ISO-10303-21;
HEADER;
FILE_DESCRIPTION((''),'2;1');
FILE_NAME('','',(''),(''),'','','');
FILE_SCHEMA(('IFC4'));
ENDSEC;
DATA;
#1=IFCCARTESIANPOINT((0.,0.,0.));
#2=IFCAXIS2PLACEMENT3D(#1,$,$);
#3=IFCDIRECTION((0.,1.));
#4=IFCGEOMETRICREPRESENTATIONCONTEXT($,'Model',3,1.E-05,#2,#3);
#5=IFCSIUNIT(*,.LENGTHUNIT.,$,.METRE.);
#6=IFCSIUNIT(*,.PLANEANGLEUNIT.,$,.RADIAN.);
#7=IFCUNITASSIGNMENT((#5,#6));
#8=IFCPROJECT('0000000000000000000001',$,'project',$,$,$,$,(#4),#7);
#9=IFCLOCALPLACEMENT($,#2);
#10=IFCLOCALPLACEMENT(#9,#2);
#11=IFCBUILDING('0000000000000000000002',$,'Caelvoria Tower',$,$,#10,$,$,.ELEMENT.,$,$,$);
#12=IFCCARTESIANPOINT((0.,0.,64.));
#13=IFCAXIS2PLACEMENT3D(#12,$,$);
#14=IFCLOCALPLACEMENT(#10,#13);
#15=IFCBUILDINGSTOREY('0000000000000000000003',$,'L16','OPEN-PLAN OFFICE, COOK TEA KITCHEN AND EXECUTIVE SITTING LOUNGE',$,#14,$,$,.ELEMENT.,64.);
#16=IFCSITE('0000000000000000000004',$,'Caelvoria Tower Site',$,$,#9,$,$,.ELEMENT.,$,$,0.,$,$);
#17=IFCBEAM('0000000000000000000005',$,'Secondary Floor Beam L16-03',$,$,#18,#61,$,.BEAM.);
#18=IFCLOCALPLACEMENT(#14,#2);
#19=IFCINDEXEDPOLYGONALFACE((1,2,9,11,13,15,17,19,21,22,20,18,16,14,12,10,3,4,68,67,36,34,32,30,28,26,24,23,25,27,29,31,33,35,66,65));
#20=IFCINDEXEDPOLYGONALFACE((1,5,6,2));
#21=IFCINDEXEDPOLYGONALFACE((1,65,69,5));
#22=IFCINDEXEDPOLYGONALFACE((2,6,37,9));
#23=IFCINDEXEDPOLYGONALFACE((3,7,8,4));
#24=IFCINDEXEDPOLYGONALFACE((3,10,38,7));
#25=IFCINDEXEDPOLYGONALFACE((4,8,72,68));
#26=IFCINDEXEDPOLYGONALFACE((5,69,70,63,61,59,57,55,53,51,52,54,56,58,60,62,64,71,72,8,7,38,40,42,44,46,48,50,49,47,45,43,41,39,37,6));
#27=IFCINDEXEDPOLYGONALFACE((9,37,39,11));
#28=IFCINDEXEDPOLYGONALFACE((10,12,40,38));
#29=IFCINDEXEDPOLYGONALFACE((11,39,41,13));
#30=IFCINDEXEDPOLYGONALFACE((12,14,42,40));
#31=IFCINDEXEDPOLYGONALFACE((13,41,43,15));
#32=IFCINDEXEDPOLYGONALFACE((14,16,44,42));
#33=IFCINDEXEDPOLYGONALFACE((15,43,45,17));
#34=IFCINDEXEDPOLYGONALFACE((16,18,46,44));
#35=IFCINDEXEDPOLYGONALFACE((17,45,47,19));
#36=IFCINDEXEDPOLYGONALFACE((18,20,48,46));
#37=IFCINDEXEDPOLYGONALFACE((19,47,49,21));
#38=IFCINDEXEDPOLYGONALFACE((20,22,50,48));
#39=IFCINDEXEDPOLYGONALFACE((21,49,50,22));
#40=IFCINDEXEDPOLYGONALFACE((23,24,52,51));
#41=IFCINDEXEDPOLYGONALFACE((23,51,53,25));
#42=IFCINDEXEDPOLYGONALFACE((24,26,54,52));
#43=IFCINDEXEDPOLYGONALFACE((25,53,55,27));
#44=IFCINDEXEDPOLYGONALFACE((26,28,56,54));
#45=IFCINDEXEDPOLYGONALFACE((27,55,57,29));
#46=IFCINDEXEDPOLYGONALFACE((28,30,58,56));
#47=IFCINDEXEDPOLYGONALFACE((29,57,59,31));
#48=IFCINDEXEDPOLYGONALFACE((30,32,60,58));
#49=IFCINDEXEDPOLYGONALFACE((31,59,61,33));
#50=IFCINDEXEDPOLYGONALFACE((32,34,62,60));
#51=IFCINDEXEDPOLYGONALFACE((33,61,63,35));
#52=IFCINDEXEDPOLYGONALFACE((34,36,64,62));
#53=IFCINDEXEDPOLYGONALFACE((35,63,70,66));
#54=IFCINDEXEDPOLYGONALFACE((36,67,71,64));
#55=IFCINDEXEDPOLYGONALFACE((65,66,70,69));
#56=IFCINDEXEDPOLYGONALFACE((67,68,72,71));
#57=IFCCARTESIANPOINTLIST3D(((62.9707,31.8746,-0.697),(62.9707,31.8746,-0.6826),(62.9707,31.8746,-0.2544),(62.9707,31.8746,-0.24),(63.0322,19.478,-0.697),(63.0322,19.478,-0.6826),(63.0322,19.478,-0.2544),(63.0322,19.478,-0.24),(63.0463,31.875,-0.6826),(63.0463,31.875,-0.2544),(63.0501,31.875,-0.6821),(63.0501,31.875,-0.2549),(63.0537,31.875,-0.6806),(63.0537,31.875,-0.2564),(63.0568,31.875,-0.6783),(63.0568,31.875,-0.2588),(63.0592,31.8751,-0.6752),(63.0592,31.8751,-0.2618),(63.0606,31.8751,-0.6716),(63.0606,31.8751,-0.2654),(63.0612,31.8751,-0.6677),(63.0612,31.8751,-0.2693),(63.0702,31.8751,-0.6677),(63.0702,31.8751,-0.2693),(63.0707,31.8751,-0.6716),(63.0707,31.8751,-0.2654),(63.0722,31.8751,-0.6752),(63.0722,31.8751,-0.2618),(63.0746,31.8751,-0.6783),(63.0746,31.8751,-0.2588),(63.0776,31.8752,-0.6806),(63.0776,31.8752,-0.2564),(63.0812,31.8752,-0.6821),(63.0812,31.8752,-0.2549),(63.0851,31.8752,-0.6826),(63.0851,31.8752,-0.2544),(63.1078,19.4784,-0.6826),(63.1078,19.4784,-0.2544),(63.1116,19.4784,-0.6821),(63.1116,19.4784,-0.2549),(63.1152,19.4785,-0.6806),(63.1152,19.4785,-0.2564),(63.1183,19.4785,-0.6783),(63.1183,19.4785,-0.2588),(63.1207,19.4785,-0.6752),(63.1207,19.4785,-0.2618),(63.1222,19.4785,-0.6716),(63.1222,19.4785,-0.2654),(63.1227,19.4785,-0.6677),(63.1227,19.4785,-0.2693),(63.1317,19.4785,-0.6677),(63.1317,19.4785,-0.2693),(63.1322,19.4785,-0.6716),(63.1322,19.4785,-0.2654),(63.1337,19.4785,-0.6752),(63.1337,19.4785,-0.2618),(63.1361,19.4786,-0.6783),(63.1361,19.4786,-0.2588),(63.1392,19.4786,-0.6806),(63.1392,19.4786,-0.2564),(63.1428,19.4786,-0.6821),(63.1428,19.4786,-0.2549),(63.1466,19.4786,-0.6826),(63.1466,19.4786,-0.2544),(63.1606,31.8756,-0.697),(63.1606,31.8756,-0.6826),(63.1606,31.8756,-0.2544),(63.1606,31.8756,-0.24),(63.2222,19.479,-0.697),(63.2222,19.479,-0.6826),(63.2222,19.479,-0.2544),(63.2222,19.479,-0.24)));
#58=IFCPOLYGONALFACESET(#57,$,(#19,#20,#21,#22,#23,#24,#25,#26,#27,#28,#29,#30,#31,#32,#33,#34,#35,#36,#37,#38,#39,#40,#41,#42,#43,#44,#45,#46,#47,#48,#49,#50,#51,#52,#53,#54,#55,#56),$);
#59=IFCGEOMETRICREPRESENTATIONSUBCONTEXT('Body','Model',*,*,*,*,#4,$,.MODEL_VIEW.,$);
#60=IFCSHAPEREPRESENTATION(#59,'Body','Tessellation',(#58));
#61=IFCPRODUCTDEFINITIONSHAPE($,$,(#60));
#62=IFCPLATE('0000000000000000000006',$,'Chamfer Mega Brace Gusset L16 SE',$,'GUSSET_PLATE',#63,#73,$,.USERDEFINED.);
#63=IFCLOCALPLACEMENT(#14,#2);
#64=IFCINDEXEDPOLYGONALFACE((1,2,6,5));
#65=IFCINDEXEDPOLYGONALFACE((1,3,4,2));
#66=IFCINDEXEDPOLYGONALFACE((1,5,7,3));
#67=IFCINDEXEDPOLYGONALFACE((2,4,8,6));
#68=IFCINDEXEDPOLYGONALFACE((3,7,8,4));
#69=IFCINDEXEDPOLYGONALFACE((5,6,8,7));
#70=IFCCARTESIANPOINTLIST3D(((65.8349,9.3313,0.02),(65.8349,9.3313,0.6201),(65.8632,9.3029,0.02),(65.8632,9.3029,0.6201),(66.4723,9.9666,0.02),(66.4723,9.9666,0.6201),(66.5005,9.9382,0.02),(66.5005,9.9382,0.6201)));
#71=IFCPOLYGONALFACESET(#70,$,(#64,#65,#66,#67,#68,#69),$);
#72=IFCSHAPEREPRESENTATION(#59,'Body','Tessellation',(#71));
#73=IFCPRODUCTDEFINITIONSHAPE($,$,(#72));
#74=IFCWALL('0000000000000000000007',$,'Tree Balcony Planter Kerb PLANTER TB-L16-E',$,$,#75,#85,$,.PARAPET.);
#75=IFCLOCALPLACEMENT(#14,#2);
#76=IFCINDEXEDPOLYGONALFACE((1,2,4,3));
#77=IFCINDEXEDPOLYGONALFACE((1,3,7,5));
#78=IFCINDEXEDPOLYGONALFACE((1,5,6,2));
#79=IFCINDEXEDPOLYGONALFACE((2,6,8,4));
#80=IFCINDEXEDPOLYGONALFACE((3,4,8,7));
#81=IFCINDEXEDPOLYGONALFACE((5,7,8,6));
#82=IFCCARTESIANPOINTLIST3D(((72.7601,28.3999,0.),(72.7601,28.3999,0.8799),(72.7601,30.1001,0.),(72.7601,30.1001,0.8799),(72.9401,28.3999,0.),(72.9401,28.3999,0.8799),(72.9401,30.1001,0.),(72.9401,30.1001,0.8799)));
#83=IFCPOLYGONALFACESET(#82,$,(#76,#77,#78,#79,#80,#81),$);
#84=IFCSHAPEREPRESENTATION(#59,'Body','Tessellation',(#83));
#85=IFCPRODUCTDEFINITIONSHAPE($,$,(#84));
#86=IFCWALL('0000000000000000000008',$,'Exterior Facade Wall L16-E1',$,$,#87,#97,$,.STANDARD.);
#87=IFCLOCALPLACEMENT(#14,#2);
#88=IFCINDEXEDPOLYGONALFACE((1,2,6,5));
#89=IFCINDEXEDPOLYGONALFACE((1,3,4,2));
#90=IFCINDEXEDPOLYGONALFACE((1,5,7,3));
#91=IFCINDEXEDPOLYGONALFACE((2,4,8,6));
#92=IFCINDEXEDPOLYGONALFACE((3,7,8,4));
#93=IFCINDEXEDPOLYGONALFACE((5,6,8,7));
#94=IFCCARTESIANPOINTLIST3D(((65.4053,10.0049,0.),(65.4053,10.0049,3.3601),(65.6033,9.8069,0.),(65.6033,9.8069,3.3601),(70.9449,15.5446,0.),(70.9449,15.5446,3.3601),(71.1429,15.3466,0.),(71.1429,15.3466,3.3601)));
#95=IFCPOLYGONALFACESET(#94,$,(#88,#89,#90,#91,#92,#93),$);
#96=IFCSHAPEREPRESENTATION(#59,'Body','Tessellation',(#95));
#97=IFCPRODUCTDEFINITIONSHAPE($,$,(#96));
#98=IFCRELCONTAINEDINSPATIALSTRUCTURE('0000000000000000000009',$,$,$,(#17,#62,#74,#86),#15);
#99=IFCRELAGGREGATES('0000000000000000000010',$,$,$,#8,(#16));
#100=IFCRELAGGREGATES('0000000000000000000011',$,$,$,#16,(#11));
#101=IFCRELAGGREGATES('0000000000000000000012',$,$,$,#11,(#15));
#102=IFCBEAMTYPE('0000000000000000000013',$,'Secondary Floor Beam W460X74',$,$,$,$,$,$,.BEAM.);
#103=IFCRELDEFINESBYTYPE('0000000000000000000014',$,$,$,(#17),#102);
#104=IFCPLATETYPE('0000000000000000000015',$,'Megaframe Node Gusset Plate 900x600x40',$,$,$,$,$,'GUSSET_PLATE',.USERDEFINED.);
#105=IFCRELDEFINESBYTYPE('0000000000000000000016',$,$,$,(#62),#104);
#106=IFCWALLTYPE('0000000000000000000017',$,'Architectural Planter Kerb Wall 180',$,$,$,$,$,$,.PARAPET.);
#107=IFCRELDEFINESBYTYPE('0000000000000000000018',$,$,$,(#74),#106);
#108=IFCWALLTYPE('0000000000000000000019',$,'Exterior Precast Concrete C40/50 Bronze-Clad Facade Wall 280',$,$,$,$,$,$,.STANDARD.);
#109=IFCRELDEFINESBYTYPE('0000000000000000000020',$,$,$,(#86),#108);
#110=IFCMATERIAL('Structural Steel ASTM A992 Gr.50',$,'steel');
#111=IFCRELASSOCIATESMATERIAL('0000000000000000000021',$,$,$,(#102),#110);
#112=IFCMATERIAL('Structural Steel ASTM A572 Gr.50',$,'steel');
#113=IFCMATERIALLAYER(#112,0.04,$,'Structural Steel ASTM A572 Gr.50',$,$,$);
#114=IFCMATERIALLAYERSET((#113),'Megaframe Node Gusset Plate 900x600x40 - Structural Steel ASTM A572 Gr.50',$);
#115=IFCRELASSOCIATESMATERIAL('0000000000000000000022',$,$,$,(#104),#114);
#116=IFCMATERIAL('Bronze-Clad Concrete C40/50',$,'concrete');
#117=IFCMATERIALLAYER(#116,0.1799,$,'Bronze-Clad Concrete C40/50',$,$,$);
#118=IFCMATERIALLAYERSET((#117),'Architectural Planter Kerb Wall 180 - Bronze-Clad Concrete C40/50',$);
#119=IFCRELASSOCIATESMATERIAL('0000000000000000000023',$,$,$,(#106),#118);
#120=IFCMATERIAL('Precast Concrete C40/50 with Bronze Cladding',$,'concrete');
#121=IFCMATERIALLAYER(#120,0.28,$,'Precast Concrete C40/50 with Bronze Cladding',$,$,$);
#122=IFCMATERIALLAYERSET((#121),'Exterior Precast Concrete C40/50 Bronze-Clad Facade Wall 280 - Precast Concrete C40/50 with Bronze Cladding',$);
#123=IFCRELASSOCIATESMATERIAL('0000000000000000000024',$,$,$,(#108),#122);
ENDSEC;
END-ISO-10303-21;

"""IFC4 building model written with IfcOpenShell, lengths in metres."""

from ifc_helpers import new_model, si_unit, direction, frame, frame_2d, origin, origin_2d, place, context, subcontext, project, spatial, rectangle, i_section, extrude, material, layer, layer_set, material_profile, profile_set, type_object, element, save


model = new_model("IFC4")

# Units and contexts
model_context = context("Model", 3, precision=1e-05, world=origin(), true_north=direction((0.0, 1.0)))
body_context = subcontext(model_context, "Body", "Model", "MODEL_VIEW")
ifc_project = project(units=[si_unit("LENGTHUNIT", "METRE"), si_unit("PLANEANGLEUNIT", "RADIAN")], contexts=[model_context])

# Site, building, storey
site_placement = place(None, origin())
site = spatial("IfcSite", under=ifc_project, at=site_placement, Name="Caelvoria Tower Site", CompositionType="ELEMENT", RefElevation=0.0)
building_placement = place(site_placement, origin())
building = spatial("IfcBuilding", under=site, at=building_placement, Name="Caelvoria Tower", CompositionType="ELEMENT")
storey_placement = place(building_placement, frame((0.0, 0.0, 64.0)))
storey = spatial("IfcBuildingStorey", under=building, at=storey_placement, Name="L16", Description="OPEN-PLAN OFFICE, COOK TEA KITCHEN AND EXECUTIVE SITTING LOUNGE", CompositionType="ELEMENT", Elevation=64.0)

# Shared definitions
ifc_material_1 = material(Name="Structural Steel ASTM A572 Gr.50", Category="steel")

# Shared definitions
ifc_material_2 = material(Name="Structural Steel ASTM A992 Gr.50", Category="steel")

# Beam
ifc_material_profile_1 = material_profile(ifc_material_2, i_section(OverallWidth=0.1899, OverallDepth=0.457, WebThickness=0.009, FlangeThickness=0.0144, FilletRadius=0.0149, at=origin_2d()), Name="Structural Steel ASTM A992 Gr.50")
ifc_profile_set_1 = profile_set([ifc_material_profile_1], Name="W460X74 - Structural Steel ASTM A992 Gr.50")
beam_type_1 = type_object("IfcBeamType", Name="Secondary Floor Beam W460X74", PredefinedType="BEAM", material=ifc_profile_set_1)
beam_1_placement = place(storey_placement, frame((63.1272, 19.4785, -0.4685), z_axis=(-0.004963, 0.999988, 0.0), x_axis=(-0.999988, -0.004963, 0.0)))
element("IfcBeam", 1, at=beam_1_placement, inside=storey, type_object=beam_type_1, Name="Secondary Floor Beam L16-03", PredefinedType="BEAM", context=body_context, shape_type="SweptSolid", body=[
    extrude(i_section(OverallWidth=0.1899, OverallDepth=0.457, WebThickness=0.009, FlangeThickness=0.0144, FilletRadius=0.0149, at=origin_2d()), origin(), (0.0, 0.0, 1.0), 12.3967),
])

# Plate
ifc_layer_1 = layer(ifc_material_1, 0.04, Name="Structural Steel ASTM A572 Gr.50")
ifc_layer_set_1 = layer_set([ifc_layer_1], Name="Megaframe Node Gusset Plate 900x600x40 - Structural Steel ASTM A572 Gr.50")
plate_type = type_object("IfcPlateType", Name="Megaframe Node Gusset Plate 900x600x40", ElementType="GUSSET_PLATE", PredefinedType="USERDEFINED", material=ifc_layer_set_1)
plate_placement = place(storey_placement, frame((66.1677, 9.6348, 0.02), z_axis=(0.0, 0.0, 1.0), x_axis=(0.708219, 0.705993, 0.0)))
element("IfcPlate", 2, at=plate_placement, inside=storey, type_object=plate_type, Name="Chamfer Mega Brace Gusset L16 SE", ObjectType="GUSSET_PLATE", PredefinedType="USERDEFINED", context=body_context, shape_type="SweptSolid", body=[
    extrude(rectangle(XDim=0.8999, YDim=0.04, at=origin_2d()), origin(), (0.0, 0.0, 1.0), 0.6001),
])

# Walls
ifc_material_3 = material(Name="Bronze-Clad Concrete C40/50", Category="concrete")
ifc_layer_2 = layer(ifc_material_3, 0.1799, Name="Bronze-Clad Concrete C40/50")
ifc_layer_set_2 = layer_set([ifc_layer_2], Name="Architectural Planter Kerb Wall 180 - Bronze-Clad Concrete C40/50")
wall_type_1 = type_object("IfcWallType", Name="Architectural Planter Kerb Wall 180", PredefinedType="PARAPET", material=ifc_layer_set_2)
wall_1_placement = place(storey_placement, frame((72.8501, 28.3999, 0.0), z_axis=(0.0, 0.0, 1.0), x_axis=(0.0, 1.0, 0.0)))
element("IfcWall", 3, at=wall_1_placement, inside=storey, type_object=wall_type_1, Name="Tree Balcony Planter Kerb PLANTER TB-L16-E", PredefinedType="PARAPET", context=body_context, shape_type="SweptSolid", body=[
    extrude(rectangle(XDim=1.7002, YDim=0.1799, at=frame_2d((0.8501, 0.0))), origin(), (0.0, 0.0, 1.0), 0.8799),
])
ifc_material_4 = material(Name="Precast Concrete C40/50 with Bronze Cladding", Category="concrete")
ifc_layer_3 = layer(ifc_material_4, 0.28, Name="Precast Concrete C40/50 with Bronze Cladding")
ifc_layer_set_3 = layer_set([ifc_layer_3], Name="Exterior Precast Concrete C40/50 Bronze-Clad Facade Wall 280 - Precast Concrete C40/50 with Bronze Cladding")
wall_type_2 = type_object("IfcWallType", Name="Exterior Precast Concrete C40/50 Bronze-Clad Facade Wall 280", PredefinedType="STANDARD", material=ifc_layer_set_3)
wall_2_placement = place(storey_placement, frame((65.5044, 9.906, 0.0), z_axis=(0.0, 0.0, 1.0), x_axis=(0.707107, 0.707107, 0.0)))
element("IfcWall", 4, at=wall_2_placement, inside=storey, type_object=wall_type_2, Name="Exterior Facade Wall L16-E1", PredefinedType="STANDARD", context=body_context, shape_type="SweptSolid", body=[
    extrude(rectangle(XDim=7.8342, YDim=0.28, at=frame_2d((3.917, 0.0))), origin(), (0.0, 0.0, 1.0), 3.3601),
])

save(model, "model.ifc")
